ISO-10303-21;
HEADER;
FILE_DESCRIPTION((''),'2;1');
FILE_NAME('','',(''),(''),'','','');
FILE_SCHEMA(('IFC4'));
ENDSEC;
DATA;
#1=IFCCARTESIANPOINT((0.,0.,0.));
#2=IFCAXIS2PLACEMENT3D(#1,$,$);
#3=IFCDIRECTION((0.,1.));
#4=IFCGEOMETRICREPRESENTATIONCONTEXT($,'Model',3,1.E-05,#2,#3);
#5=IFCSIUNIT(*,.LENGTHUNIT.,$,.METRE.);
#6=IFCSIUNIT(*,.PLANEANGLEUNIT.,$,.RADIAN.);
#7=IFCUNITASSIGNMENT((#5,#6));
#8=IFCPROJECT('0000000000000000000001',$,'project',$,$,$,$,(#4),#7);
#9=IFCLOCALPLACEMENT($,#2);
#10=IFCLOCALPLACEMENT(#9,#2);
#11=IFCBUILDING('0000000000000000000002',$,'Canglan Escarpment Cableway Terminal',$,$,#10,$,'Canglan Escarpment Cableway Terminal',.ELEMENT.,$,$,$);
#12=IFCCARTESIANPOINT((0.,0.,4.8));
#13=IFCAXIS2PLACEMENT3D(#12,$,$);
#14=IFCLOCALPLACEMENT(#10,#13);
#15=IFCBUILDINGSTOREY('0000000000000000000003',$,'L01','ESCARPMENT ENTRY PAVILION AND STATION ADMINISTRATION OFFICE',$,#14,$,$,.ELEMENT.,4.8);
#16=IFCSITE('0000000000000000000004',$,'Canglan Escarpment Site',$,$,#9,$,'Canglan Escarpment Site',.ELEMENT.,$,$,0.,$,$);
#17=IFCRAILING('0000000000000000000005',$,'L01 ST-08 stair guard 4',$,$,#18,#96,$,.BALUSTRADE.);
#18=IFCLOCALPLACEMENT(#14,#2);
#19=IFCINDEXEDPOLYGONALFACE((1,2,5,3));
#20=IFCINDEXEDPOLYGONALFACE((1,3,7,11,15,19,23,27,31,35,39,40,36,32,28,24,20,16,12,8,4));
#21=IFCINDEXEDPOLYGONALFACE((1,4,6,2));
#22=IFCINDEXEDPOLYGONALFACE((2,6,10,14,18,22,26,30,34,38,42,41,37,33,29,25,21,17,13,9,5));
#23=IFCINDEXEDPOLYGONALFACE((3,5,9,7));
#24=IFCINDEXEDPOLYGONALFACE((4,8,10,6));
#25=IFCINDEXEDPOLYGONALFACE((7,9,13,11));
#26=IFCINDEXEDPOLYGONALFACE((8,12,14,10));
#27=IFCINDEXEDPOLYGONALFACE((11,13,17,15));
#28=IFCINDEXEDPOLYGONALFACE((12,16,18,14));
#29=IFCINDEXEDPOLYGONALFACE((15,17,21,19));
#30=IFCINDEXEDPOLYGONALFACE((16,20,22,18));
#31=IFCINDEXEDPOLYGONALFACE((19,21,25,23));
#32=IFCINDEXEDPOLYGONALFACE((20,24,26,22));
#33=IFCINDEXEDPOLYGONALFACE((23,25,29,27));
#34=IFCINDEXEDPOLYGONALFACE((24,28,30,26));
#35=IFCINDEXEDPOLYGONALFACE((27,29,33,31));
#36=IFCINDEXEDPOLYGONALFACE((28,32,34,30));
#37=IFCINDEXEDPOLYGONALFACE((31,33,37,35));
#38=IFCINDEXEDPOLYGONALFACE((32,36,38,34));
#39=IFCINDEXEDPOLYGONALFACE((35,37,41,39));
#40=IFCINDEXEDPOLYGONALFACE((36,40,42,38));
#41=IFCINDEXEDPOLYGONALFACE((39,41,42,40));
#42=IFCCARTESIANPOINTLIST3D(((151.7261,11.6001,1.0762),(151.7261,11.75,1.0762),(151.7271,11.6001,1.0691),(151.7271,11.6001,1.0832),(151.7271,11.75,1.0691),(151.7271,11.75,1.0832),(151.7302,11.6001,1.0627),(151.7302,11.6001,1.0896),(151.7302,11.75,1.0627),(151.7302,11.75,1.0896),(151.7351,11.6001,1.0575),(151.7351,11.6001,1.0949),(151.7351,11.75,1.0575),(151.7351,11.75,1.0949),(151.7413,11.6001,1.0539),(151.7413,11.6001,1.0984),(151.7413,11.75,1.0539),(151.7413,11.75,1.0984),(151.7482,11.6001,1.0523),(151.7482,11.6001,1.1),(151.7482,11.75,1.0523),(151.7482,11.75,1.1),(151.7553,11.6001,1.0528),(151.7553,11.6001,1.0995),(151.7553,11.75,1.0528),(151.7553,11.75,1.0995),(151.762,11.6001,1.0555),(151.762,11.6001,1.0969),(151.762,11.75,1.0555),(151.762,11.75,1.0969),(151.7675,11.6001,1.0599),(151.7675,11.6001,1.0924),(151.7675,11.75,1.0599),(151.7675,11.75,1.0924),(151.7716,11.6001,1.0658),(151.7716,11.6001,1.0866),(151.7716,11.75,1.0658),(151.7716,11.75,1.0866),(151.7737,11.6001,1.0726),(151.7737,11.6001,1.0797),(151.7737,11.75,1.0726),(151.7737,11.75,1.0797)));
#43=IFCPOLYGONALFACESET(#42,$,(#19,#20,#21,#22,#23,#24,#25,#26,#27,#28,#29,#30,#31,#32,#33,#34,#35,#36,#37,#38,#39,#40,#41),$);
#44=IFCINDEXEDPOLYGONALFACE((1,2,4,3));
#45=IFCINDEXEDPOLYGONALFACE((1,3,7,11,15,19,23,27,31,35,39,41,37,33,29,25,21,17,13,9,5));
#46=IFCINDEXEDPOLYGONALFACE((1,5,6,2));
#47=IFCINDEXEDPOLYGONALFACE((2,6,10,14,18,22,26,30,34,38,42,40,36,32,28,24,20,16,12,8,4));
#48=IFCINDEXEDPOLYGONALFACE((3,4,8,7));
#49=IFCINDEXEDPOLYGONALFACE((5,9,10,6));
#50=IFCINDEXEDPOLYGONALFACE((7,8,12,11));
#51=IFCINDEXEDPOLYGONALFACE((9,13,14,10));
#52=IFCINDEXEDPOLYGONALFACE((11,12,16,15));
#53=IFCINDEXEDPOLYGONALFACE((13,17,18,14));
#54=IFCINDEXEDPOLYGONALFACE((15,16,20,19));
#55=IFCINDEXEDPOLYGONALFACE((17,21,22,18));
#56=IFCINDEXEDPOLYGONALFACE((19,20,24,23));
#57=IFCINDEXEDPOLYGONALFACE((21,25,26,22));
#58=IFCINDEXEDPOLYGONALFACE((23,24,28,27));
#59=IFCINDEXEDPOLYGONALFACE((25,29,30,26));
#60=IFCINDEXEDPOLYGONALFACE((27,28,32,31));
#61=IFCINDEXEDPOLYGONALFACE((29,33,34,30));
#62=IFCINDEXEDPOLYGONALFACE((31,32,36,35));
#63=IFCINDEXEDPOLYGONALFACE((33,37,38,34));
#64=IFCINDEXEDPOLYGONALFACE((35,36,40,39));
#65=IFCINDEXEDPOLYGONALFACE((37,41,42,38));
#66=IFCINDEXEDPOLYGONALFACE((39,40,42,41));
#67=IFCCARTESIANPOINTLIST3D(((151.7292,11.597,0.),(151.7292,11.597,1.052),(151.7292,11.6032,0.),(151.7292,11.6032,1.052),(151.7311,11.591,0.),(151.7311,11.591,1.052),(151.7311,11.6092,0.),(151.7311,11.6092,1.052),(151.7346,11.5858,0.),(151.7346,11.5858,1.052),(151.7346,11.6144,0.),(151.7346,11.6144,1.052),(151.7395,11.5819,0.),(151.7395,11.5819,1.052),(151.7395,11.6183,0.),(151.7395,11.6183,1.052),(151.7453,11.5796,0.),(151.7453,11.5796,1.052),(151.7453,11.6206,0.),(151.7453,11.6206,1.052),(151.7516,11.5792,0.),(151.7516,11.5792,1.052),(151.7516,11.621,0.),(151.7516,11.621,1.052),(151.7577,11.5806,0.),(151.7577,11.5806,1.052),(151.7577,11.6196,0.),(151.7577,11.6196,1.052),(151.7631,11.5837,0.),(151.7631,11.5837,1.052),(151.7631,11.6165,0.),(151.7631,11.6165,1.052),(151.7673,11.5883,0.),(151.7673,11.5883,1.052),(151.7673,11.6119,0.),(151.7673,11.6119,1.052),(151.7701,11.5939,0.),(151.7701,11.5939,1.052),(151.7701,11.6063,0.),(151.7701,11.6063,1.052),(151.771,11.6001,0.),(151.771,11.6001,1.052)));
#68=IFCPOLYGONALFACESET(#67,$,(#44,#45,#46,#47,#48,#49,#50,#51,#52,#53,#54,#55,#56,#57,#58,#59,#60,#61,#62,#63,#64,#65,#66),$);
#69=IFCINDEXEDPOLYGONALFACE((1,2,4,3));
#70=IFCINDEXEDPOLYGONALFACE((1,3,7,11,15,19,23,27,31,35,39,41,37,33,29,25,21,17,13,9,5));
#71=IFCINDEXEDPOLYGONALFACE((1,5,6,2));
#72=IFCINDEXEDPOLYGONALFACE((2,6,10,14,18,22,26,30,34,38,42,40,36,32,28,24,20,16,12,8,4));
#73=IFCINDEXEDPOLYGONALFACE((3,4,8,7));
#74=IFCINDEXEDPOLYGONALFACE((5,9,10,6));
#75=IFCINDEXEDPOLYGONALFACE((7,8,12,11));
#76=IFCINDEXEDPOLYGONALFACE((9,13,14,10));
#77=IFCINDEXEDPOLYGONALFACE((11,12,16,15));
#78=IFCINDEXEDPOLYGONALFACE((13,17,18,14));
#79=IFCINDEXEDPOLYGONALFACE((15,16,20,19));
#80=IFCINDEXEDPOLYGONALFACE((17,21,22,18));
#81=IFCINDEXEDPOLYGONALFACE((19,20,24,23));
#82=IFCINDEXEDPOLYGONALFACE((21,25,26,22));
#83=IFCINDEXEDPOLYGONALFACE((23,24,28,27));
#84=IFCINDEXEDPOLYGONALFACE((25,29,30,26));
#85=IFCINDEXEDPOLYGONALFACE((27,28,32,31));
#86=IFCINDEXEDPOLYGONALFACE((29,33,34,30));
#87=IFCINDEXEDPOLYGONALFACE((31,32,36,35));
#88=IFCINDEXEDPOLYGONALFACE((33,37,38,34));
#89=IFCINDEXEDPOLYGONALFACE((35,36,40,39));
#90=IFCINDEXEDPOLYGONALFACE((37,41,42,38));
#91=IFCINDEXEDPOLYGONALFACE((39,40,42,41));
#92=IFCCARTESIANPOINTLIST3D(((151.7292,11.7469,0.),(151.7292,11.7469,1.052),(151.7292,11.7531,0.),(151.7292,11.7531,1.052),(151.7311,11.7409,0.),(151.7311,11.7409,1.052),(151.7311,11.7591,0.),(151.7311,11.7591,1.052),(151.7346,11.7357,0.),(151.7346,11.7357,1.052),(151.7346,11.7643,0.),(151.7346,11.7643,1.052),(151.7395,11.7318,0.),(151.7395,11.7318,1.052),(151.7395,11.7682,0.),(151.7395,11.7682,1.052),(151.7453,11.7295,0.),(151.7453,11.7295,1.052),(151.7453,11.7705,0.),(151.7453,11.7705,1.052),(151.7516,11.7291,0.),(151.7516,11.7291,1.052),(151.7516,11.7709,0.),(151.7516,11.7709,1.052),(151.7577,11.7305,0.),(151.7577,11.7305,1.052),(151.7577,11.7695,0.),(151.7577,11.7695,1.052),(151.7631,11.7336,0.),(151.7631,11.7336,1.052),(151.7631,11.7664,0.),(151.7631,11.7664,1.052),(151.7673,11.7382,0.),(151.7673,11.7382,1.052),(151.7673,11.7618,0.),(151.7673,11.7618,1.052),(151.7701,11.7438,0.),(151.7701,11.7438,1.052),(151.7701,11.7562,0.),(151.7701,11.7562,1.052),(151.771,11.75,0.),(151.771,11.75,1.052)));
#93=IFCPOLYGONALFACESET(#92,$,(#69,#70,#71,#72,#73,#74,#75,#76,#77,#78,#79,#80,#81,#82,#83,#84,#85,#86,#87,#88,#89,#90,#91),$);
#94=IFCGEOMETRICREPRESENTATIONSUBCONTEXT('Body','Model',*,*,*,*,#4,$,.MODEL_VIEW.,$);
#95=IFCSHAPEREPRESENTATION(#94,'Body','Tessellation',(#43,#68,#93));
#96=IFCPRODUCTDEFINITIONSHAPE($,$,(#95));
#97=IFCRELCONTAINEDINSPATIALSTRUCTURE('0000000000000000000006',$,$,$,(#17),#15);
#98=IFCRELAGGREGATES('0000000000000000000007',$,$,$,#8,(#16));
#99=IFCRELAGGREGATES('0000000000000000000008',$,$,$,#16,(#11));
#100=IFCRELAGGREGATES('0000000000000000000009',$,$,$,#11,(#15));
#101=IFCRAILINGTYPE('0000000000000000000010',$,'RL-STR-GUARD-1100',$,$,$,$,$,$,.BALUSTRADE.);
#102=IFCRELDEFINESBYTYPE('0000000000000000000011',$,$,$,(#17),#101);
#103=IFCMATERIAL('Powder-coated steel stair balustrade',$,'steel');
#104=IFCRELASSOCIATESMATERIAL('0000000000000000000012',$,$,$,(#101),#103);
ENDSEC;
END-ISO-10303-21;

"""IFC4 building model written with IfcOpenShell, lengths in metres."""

from ifc_helpers import new_model, si_unit, direction, frame, origin, origin_2d, place, context, subcontext, project, spatial, circle, extrude, material, type_object, element, save


model = new_model("IFC4")

# Units and contexts
model_context = context("Model", 3, precision=1e-05, world=origin(), true_north=direction((0.0, 1.0)))
body_context = subcontext(model_context, "Body", "Model", "MODEL_VIEW")
ifc_project = project(units=[si_unit("LENGTHUNIT", "METRE"), si_unit("PLANEANGLEUNIT", "RADIAN")], contexts=[model_context])

# Site, building, storey
site_placement = place(None, origin())
site = spatial("IfcSite", under=ifc_project, at=site_placement, Name="Canglan Escarpment Site", LongName="Canglan Escarpment Site", CompositionType="ELEMENT", RefElevation=0.0)
building_placement = place(site_placement, origin())
building = spatial("IfcBuilding", under=site, at=building_placement, Name="Canglan Escarpment Cableway Terminal", LongName="Canglan Escarpment Cableway Terminal", CompositionType="ELEMENT")
storey_placement = place(building_placement, frame((0.0, 0.0, 4.8)))
storey = spatial("IfcBuildingStorey", under=building, at=storey_placement, Name="L01", Description="ESCARPMENT ENTRY PAVILION AND STATION ADMINISTRATION OFFICE", CompositionType="ELEMENT", Elevation=4.8)

# Railing
ifc_material_1 = material(Name="Powder-coated steel stair balustrade", Category="steel")
railing_type_1 = type_object("IfcRailingType", Name="RL-STR-GUARD-1100", PredefinedType="BALUSTRADE", material=ifc_material_1)
railing_1_placement = place(storey_placement, frame((151.75, 11.6001, 0.0)))
element("IfcRailing", 1, at=railing_1_placement, inside=storey, type_object=railing_type_1, Name="L01 ST-08 stair guard 4", PredefinedType="BALUSTRADE", context=body_context, shape_type="SweptSolid", body=[
    extrude(circle(Radius=0.0239, at=origin_2d()), frame((0.0, 0.0, 1.0762), z_axis=(0.0, 1.0, 0.0), x_axis=(-1.0, 0.0, 0.0)), (0.0, 0.0, 1.0), 0.1499),
    extrude(circle(Radius=0.021, at=origin_2d()), origin(), (0.0, 0.0, 1.0), 1.052),
    extrude(circle(Radius=0.021, at=origin_2d()), frame((0.0, 0.1499, 0.0)), (0.0, 0.0, 1.0), 1.052),
])

save(model, "model.ifc")
